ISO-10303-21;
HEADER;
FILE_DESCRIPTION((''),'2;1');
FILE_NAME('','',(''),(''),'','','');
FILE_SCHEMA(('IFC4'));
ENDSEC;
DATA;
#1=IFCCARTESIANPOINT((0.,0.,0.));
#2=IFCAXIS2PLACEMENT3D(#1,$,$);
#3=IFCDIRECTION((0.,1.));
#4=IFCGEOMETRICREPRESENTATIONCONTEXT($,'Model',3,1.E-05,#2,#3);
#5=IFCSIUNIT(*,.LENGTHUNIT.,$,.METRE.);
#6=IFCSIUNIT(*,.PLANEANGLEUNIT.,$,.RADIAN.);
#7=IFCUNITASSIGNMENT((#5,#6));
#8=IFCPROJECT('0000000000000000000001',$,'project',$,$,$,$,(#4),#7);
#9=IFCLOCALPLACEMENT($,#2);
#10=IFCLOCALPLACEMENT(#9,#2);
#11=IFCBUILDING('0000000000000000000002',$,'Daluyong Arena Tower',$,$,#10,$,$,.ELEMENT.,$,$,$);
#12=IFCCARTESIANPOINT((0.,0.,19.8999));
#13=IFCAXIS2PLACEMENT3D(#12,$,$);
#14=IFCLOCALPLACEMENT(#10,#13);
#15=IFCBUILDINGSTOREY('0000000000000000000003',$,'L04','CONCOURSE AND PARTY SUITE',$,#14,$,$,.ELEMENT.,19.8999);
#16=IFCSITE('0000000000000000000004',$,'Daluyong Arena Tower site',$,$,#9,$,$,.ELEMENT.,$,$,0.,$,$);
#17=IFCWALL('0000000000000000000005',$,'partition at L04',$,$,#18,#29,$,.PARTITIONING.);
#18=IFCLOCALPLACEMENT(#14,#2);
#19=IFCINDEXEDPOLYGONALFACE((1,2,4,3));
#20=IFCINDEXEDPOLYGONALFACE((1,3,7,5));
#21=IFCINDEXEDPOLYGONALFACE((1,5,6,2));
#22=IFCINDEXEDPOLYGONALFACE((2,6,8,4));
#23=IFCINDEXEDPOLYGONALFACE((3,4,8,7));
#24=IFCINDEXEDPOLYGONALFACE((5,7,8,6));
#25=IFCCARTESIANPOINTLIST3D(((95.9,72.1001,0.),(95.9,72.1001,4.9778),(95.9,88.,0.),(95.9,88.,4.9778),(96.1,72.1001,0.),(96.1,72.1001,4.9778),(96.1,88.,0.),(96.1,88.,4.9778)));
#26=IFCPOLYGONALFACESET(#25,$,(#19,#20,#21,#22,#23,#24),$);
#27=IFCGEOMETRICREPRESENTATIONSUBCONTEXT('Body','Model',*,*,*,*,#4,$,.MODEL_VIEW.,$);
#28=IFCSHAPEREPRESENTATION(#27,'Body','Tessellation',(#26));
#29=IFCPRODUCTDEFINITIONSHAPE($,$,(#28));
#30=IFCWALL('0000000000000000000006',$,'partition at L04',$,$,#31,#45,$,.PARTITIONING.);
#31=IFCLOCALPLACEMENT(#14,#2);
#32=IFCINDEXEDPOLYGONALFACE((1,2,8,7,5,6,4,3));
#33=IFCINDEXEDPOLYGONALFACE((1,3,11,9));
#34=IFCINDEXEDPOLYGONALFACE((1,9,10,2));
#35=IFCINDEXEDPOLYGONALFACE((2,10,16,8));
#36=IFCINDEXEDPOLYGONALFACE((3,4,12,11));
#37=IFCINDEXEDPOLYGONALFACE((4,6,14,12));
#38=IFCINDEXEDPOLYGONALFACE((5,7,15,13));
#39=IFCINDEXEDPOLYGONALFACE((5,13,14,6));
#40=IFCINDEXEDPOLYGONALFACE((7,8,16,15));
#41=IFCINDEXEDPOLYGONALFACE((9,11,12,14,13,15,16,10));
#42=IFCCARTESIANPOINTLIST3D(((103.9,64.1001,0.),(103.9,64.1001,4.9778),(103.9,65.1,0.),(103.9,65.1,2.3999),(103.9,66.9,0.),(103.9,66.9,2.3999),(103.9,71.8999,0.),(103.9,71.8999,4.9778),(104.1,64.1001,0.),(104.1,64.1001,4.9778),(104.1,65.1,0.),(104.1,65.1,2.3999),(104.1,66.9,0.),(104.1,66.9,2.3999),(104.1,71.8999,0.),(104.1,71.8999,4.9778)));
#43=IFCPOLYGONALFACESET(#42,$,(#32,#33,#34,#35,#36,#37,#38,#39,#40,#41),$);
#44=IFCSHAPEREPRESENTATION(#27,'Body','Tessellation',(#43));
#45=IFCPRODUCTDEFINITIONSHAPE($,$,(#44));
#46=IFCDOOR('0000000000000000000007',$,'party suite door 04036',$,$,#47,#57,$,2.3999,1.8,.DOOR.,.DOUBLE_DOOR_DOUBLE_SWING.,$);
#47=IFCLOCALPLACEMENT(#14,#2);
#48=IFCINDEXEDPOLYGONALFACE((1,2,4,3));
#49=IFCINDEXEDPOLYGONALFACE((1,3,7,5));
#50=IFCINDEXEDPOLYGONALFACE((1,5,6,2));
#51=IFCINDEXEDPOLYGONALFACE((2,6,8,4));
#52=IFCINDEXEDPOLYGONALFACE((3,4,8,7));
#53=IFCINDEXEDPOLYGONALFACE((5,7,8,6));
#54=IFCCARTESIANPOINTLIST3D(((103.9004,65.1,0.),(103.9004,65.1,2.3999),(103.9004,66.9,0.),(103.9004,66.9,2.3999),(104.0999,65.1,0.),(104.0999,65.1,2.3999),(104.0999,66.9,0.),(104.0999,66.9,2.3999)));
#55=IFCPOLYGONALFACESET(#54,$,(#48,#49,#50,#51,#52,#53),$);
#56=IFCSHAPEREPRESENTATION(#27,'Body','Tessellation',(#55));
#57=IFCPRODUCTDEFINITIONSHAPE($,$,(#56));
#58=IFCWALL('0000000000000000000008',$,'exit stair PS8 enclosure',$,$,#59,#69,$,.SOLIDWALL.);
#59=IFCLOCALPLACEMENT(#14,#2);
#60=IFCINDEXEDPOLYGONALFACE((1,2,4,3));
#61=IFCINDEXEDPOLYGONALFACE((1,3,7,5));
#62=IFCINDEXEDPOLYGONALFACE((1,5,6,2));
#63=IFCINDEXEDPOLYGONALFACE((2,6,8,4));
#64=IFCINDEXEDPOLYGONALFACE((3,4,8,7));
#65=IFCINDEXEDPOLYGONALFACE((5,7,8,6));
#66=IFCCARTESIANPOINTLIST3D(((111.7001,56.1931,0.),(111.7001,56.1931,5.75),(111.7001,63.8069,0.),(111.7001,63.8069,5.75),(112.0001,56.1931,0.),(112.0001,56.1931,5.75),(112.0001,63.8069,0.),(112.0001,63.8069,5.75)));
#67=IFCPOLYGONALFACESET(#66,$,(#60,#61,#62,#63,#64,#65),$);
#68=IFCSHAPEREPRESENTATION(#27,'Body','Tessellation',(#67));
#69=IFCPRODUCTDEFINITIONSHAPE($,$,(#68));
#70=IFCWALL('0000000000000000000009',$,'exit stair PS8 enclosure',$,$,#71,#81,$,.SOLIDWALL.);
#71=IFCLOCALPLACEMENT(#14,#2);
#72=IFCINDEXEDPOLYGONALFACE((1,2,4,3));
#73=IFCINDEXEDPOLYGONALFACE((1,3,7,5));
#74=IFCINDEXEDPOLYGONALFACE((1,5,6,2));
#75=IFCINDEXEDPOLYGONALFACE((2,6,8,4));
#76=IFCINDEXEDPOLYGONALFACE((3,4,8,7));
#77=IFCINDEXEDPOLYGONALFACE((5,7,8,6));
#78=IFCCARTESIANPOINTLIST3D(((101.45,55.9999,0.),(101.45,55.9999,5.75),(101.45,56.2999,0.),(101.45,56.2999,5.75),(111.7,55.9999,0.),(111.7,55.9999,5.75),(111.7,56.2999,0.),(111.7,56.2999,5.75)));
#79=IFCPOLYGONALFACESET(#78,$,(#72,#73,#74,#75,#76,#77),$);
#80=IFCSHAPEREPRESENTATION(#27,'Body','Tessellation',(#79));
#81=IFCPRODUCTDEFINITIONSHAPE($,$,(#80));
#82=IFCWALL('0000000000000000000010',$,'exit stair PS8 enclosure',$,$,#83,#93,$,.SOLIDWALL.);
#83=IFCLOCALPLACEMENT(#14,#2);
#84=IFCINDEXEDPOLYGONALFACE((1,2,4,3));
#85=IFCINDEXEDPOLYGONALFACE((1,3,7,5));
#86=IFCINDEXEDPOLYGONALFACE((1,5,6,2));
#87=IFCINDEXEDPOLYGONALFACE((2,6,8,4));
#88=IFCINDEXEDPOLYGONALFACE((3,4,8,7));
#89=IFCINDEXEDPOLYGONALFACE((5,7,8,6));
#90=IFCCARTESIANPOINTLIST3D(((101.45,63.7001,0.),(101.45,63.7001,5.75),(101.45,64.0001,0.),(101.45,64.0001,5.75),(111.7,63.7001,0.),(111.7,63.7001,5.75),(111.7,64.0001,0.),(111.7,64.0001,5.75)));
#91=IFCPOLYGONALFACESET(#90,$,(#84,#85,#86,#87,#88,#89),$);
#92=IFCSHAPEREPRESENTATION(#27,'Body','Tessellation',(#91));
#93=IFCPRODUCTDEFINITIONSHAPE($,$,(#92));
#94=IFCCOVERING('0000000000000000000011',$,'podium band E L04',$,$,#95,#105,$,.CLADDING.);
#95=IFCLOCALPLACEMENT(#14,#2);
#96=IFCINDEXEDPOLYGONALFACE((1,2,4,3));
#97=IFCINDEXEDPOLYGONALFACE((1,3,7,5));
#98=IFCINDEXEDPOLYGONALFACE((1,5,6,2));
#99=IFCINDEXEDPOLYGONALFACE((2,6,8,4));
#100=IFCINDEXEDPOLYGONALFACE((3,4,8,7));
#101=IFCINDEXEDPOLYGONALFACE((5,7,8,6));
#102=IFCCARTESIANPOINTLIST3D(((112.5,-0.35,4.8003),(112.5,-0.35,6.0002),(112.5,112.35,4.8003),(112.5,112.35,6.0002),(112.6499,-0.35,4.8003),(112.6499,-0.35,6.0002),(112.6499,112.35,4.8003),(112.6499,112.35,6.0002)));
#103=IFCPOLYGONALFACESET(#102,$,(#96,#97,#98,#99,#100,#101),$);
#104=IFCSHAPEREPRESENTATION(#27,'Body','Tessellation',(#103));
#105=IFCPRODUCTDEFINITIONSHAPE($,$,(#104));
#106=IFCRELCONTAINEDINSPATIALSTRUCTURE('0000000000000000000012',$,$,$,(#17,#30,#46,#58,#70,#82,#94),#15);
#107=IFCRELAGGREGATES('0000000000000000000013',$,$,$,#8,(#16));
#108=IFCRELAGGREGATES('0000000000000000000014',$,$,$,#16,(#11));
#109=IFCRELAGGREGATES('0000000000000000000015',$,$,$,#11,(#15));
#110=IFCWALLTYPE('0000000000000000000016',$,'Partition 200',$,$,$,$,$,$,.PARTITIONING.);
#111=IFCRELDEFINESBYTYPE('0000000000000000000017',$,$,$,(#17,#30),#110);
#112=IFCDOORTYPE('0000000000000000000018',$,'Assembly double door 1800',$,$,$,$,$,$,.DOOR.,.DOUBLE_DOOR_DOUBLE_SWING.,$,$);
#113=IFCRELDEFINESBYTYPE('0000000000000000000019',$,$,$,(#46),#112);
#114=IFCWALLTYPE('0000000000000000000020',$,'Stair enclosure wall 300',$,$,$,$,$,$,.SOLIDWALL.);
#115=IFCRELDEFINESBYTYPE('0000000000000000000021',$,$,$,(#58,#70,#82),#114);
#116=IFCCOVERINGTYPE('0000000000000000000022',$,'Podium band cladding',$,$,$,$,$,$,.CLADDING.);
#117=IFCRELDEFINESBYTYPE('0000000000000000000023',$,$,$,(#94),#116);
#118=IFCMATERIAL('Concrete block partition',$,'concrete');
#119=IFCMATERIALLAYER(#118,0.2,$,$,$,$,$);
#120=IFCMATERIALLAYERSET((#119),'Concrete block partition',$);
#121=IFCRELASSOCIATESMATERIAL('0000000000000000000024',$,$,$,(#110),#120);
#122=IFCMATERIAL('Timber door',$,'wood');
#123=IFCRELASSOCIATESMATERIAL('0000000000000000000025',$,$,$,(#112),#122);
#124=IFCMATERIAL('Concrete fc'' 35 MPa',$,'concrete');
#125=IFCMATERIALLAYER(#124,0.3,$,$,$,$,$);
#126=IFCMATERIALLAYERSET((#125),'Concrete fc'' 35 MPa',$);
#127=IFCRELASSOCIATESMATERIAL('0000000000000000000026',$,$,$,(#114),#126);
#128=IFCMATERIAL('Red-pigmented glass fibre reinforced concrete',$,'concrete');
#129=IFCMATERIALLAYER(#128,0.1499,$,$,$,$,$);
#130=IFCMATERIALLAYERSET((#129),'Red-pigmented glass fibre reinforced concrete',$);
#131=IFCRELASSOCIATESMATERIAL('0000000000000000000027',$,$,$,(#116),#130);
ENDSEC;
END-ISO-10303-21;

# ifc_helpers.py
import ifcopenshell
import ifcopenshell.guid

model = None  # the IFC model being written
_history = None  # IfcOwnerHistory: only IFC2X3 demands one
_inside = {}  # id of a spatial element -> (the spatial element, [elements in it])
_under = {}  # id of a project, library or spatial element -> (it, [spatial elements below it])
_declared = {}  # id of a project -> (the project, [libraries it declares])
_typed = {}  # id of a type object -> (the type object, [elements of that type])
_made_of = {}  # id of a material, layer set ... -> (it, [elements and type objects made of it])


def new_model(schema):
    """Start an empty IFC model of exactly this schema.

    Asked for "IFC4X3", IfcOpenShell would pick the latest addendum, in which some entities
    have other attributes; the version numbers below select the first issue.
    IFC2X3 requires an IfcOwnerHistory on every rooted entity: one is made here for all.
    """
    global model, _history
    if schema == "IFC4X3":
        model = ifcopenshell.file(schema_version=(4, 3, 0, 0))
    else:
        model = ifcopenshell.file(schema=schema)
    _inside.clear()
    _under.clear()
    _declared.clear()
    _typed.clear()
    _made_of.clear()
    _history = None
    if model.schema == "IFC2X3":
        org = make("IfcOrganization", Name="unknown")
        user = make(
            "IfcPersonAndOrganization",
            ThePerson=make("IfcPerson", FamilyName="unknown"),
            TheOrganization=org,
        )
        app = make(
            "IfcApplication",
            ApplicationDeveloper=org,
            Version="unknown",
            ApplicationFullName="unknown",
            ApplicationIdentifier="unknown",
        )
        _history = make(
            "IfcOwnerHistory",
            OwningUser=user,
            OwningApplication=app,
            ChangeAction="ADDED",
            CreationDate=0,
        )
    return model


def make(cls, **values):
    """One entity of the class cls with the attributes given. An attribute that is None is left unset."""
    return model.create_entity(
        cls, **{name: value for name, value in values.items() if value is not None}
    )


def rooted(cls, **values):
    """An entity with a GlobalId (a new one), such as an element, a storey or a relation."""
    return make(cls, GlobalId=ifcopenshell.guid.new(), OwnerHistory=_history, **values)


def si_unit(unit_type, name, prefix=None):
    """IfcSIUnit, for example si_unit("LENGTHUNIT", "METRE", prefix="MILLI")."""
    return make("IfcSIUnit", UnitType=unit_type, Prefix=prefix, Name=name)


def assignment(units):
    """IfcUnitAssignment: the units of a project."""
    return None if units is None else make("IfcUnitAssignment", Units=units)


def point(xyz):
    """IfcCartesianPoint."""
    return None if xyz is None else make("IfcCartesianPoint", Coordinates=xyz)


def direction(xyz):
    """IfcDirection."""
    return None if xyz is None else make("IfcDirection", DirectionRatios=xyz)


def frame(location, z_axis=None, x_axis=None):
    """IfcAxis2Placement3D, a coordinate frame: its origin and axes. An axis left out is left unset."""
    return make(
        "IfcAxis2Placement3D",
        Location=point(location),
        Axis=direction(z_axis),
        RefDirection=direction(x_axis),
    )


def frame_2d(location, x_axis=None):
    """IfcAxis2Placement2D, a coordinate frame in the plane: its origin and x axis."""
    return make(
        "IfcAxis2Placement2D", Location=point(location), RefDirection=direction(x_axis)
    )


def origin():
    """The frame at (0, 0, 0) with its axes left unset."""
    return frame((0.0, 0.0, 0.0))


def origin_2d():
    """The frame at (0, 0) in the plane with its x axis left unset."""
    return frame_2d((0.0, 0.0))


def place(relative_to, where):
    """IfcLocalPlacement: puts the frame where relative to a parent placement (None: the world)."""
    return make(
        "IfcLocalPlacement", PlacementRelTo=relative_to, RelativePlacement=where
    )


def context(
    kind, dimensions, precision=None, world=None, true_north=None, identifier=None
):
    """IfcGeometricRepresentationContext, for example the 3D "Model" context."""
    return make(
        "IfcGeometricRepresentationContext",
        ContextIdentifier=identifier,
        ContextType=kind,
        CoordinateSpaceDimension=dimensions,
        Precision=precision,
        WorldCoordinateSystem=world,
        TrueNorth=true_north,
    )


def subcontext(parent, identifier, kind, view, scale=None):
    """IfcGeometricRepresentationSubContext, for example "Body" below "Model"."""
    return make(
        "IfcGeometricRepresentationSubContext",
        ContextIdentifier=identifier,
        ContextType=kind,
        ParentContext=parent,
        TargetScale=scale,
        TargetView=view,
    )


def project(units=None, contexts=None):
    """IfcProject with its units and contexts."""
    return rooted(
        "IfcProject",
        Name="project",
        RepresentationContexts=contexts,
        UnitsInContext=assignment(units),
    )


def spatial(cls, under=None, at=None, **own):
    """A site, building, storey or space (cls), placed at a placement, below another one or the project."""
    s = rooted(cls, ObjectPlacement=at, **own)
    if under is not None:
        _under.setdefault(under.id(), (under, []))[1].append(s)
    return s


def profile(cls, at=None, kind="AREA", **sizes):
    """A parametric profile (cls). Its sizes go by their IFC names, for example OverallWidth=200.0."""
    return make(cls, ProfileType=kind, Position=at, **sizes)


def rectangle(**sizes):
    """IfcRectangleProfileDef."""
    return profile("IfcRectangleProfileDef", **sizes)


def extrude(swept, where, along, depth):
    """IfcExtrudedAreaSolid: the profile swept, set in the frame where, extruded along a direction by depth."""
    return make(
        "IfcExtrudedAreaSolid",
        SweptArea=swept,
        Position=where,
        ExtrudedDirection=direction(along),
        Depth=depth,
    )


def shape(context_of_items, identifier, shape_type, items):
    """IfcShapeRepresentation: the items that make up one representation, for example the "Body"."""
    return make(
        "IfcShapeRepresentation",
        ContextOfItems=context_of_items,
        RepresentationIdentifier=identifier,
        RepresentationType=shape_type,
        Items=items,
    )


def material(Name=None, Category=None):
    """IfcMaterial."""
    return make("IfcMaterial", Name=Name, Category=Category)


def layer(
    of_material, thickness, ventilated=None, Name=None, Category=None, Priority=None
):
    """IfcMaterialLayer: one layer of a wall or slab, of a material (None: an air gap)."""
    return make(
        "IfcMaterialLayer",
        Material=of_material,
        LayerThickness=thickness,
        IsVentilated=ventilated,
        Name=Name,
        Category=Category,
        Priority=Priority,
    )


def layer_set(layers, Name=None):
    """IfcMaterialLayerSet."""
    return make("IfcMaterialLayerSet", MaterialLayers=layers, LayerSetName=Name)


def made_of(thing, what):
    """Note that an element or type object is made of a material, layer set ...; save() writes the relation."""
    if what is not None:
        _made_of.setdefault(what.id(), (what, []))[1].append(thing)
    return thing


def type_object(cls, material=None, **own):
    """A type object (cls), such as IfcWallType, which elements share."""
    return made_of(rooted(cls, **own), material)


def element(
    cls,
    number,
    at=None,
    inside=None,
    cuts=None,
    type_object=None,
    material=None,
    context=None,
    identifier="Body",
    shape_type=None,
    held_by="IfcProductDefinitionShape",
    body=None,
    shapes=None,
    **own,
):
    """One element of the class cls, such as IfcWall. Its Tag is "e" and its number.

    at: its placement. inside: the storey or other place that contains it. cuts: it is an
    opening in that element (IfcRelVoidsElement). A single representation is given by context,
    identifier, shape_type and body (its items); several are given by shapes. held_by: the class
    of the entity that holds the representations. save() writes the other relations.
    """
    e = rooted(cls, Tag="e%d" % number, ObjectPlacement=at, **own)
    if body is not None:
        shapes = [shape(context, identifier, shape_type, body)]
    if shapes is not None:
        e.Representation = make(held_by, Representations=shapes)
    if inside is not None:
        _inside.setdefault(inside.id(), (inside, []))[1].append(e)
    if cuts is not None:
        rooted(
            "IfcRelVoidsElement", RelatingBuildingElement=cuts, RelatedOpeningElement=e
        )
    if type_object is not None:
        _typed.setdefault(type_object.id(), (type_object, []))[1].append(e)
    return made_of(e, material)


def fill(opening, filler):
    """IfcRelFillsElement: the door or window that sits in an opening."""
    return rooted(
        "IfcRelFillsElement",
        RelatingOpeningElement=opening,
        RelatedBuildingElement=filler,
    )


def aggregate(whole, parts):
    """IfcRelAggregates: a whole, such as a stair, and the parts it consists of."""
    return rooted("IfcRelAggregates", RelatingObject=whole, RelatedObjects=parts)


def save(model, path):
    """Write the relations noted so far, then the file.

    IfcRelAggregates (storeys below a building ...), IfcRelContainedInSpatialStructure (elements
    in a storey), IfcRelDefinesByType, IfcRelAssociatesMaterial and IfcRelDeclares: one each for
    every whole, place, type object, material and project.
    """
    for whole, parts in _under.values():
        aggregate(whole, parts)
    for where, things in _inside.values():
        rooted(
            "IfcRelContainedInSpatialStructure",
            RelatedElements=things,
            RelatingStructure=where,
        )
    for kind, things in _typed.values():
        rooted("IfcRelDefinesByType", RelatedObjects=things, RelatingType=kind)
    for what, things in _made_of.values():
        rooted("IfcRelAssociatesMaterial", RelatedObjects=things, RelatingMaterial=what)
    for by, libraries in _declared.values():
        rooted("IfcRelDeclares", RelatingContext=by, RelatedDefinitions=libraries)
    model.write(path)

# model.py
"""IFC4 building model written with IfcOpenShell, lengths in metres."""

from ifc_helpers import new_model, si_unit, direction, frame, frame_2d, origin, origin_2d, place, context, subcontext, project, spatial, rectangle, extrude, material, layer, layer_set, type_object, element, fill, save


model = new_model("IFC4")

# Units and contexts
model_context = context("Model", 3, precision=1e-05, world=origin(), true_north=direction((0.0, 1.0)))
body_context = subcontext(model_context, "Body", "Model", "MODEL_VIEW")
ifc_project = project(units=[si_unit("LENGTHUNIT", "METRE"), si_unit("PLANEANGLEUNIT", "RADIAN")], contexts=[model_context])

# Site, building, storey
site_placement = place(None, origin())
site = spatial("IfcSite", under=ifc_project, at=site_placement, Name="Daluyong Arena Tower site", CompositionType="ELEMENT", RefElevation=0.0)
building_placement = place(site_placement, origin())
building = spatial("IfcBuilding", under=site, at=building_placement, Name="Daluyong Arena Tower", CompositionType="ELEMENT")
storey_placement = place(building_placement, frame((0.0, 0.0, 19.8999)))
storey = spatial("IfcBuildingStorey", under=building, at=storey_placement, Name="L04", Description="CONCOURSE AND PARTY SUITE", CompositionType="ELEMENT", Elevation=19.8999)

# Wall
ifc_material_1 = material(Name="Concrete block partition", Category="concrete")
ifc_layer_1 = layer(ifc_material_1, 0.2)
ifc_layer_set_1 = layer_set([ifc_layer_1], Name="Concrete block partition")
wall_type_1 = type_object("IfcWallType", Name="Partition 200", PredefinedType="PARTITIONING", material=ifc_layer_set_1)
wall_1_placement = place(storey_placement, frame((96.0, 72.1001, 0.0), z_axis=(0.0, 0.0, 1.0), x_axis=(0.0, 1.0, 0.0)))
element("IfcWall", 1, at=wall_1_placement, inside=storey, type_object=wall_type_1, Name="partition at L04", PredefinedType="PARTITIONING", context=body_context, shape_type="SweptSolid", body=[
    extrude(rectangle(XDim=15.8999, YDim=0.2, at=frame_2d((7.95, 0.0))), origin(), (0.0, 0.0, 1.0), 4.9778),
])

# Wall, opening, door
wall_2_placement = place(storey_placement, frame((104.0, 64.1001, 0.0), z_axis=(0.0, 0.0, 1.0), x_axis=(0.0, 1.0, 0.0)))
wall_2 = element("IfcWall", 2, at=wall_2_placement, inside=storey, type_object=wall_type_1, Name="partition at L04", PredefinedType="PARTITIONING", context=body_context, shape_type="SweptSolid", body=[
    extrude(rectangle(XDim=7.7998, YDim=0.2, at=frame_2d((3.8999, 0.0))), origin(), (0.0, 0.0, 1.0), 4.9778),
])
opening_placement = place(wall_2_placement, frame((1.0, 0.0, 0.0)))
opening = element("IfcOpeningElement", 3, at=opening_placement, cuts=wall_2, PredefinedType="OPENING", context=body_context, shape_type="SweptSolid", body=[
    extrude(rectangle(XDim=1.8, YDim=2.3999, at=frame_2d((0.8999, 1.2))), frame((0.0, 0.1099, 0.0), z_axis=(0.0, -1.0, 0.0), x_axis=(1.0, 0.0, 0.0)), (0.0, 0.0, 1.0), 0.22),
])
ifc_material_2 = material(Name="Timber door", Category="wood")
door_type = type_object("IfcDoorType", Name="Assembly double door 1800", OperationType="DOUBLE_DOOR_DOUBLE_SWING", PredefinedType="DOOR", material=ifc_material_2)
door_placement = place(opening_placement, origin())
door = element("IfcDoor", 4, at=door_placement, inside=storey, type_object=door_type, Name="party suite door 04036", OperationType="DOUBLE_DOOR_DOUBLE_SWING", OverallHeight=2.3999, OverallWidth=1.8, PredefinedType="DOOR", context=body_context, shape_type="SweptSolid", body=[
    extrude(rectangle(XDim=1.8, YDim=2.3999, at=frame_2d((0.8999, 1.2))), frame((0.0, 0.0996, 0.0), z_axis=(0.0, -1.0, 0.0), x_axis=(1.0, 0.0, 0.0)), (0.0, 0.0, 1.0), 0.1995),
])
fill(opening, door)

# Walls
ifc_material_3 = material(Name="Concrete fc' 35 MPa", Category="concrete")
ifc_layer_2 = layer(ifc_material_3, 0.3)
ifc_layer_set_2 = layer_set([ifc_layer_2], Name="Concrete fc' 35 MPa")
wall_type_2 = type_object("IfcWallType", Name="Stair enclosure wall 300", PredefinedType="SOLIDWALL", material=ifc_layer_set_2)
wall_3_placement = place(storey_placement, frame((111.8501, 56.1931, 0.0), z_axis=(0.0, 0.0, 1.0), x_axis=(0.0, 1.0, 0.0)))
element("IfcWall", 5, at=wall_3_placement, inside=storey, type_object=wall_type_2, Name="exit stair PS8 enclosure", PredefinedType="SOLIDWALL", context=body_context, shape_type="SweptSolid", body=[
    extrude(rectangle(XDim=7.6138, YDim=0.3, at=frame_2d((3.8069, 0.0))), origin(), (0.0, 0.0, 1.0), 5.75),
])
for number, where, z_axis, x_axis, name in (
    (6, (101.45, 56.1499, 0.0), (0.0, 0.0, 1.0), (1.0, 0.0, 0.0), "exit stair PS8 enclosure"),
    (7, (101.45, 63.8501, 0.0), (0.0, 0.0, 1.0), (1.0, 0.0, 0.0), "exit stair PS8 enclosure"),
):
    element("IfcWall", number, at=place(storey_placement, frame(where, z_axis=z_axis, x_axis=x_axis)), inside=storey, type_object=wall_type_2, Name=name, PredefinedType="SOLIDWALL", context=body_context, shape_type="SweptSolid", body=[
        extrude(rectangle(XDim=10.25, YDim=0.3, at=frame_2d((5.125, 0.0))), origin(), (0.0, 0.0, 1.0), 5.75),
    ])

# Covering
ifc_material_4 = material(Name="Red-pigmented glass fibre reinforced concrete", Category="concrete")
ifc_layer_3 = layer(ifc_material_4, 0.1499)
ifc_layer_set_3 = layer_set([ifc_layer_3], Name="Red-pigmented glass fibre reinforced concrete")
covering_type = type_object("IfcCoveringType", Name="Podium band cladding", PredefinedType="CLADDING", material=ifc_layer_set_3)
covering_placement = place(storey_placement, frame((112.575, 56.0, 4.8003), z_axis=(0.0, 0.0, 1.0), x_axis=(0.0, 1.0, 0.0)))
element("IfcCovering", 8, at=covering_placement, inside=storey, type_object=covering_type, Name="podium band E L04", PredefinedType="CLADDING", context=body_context, shape_type="SweptSolid", body=[
    extrude(rectangle(XDim=112.7, YDim=0.1499, at=origin_2d()), origin(), (0.0, 0.0, 1.0), 1.2),
])

save(model, "model.ifc")
